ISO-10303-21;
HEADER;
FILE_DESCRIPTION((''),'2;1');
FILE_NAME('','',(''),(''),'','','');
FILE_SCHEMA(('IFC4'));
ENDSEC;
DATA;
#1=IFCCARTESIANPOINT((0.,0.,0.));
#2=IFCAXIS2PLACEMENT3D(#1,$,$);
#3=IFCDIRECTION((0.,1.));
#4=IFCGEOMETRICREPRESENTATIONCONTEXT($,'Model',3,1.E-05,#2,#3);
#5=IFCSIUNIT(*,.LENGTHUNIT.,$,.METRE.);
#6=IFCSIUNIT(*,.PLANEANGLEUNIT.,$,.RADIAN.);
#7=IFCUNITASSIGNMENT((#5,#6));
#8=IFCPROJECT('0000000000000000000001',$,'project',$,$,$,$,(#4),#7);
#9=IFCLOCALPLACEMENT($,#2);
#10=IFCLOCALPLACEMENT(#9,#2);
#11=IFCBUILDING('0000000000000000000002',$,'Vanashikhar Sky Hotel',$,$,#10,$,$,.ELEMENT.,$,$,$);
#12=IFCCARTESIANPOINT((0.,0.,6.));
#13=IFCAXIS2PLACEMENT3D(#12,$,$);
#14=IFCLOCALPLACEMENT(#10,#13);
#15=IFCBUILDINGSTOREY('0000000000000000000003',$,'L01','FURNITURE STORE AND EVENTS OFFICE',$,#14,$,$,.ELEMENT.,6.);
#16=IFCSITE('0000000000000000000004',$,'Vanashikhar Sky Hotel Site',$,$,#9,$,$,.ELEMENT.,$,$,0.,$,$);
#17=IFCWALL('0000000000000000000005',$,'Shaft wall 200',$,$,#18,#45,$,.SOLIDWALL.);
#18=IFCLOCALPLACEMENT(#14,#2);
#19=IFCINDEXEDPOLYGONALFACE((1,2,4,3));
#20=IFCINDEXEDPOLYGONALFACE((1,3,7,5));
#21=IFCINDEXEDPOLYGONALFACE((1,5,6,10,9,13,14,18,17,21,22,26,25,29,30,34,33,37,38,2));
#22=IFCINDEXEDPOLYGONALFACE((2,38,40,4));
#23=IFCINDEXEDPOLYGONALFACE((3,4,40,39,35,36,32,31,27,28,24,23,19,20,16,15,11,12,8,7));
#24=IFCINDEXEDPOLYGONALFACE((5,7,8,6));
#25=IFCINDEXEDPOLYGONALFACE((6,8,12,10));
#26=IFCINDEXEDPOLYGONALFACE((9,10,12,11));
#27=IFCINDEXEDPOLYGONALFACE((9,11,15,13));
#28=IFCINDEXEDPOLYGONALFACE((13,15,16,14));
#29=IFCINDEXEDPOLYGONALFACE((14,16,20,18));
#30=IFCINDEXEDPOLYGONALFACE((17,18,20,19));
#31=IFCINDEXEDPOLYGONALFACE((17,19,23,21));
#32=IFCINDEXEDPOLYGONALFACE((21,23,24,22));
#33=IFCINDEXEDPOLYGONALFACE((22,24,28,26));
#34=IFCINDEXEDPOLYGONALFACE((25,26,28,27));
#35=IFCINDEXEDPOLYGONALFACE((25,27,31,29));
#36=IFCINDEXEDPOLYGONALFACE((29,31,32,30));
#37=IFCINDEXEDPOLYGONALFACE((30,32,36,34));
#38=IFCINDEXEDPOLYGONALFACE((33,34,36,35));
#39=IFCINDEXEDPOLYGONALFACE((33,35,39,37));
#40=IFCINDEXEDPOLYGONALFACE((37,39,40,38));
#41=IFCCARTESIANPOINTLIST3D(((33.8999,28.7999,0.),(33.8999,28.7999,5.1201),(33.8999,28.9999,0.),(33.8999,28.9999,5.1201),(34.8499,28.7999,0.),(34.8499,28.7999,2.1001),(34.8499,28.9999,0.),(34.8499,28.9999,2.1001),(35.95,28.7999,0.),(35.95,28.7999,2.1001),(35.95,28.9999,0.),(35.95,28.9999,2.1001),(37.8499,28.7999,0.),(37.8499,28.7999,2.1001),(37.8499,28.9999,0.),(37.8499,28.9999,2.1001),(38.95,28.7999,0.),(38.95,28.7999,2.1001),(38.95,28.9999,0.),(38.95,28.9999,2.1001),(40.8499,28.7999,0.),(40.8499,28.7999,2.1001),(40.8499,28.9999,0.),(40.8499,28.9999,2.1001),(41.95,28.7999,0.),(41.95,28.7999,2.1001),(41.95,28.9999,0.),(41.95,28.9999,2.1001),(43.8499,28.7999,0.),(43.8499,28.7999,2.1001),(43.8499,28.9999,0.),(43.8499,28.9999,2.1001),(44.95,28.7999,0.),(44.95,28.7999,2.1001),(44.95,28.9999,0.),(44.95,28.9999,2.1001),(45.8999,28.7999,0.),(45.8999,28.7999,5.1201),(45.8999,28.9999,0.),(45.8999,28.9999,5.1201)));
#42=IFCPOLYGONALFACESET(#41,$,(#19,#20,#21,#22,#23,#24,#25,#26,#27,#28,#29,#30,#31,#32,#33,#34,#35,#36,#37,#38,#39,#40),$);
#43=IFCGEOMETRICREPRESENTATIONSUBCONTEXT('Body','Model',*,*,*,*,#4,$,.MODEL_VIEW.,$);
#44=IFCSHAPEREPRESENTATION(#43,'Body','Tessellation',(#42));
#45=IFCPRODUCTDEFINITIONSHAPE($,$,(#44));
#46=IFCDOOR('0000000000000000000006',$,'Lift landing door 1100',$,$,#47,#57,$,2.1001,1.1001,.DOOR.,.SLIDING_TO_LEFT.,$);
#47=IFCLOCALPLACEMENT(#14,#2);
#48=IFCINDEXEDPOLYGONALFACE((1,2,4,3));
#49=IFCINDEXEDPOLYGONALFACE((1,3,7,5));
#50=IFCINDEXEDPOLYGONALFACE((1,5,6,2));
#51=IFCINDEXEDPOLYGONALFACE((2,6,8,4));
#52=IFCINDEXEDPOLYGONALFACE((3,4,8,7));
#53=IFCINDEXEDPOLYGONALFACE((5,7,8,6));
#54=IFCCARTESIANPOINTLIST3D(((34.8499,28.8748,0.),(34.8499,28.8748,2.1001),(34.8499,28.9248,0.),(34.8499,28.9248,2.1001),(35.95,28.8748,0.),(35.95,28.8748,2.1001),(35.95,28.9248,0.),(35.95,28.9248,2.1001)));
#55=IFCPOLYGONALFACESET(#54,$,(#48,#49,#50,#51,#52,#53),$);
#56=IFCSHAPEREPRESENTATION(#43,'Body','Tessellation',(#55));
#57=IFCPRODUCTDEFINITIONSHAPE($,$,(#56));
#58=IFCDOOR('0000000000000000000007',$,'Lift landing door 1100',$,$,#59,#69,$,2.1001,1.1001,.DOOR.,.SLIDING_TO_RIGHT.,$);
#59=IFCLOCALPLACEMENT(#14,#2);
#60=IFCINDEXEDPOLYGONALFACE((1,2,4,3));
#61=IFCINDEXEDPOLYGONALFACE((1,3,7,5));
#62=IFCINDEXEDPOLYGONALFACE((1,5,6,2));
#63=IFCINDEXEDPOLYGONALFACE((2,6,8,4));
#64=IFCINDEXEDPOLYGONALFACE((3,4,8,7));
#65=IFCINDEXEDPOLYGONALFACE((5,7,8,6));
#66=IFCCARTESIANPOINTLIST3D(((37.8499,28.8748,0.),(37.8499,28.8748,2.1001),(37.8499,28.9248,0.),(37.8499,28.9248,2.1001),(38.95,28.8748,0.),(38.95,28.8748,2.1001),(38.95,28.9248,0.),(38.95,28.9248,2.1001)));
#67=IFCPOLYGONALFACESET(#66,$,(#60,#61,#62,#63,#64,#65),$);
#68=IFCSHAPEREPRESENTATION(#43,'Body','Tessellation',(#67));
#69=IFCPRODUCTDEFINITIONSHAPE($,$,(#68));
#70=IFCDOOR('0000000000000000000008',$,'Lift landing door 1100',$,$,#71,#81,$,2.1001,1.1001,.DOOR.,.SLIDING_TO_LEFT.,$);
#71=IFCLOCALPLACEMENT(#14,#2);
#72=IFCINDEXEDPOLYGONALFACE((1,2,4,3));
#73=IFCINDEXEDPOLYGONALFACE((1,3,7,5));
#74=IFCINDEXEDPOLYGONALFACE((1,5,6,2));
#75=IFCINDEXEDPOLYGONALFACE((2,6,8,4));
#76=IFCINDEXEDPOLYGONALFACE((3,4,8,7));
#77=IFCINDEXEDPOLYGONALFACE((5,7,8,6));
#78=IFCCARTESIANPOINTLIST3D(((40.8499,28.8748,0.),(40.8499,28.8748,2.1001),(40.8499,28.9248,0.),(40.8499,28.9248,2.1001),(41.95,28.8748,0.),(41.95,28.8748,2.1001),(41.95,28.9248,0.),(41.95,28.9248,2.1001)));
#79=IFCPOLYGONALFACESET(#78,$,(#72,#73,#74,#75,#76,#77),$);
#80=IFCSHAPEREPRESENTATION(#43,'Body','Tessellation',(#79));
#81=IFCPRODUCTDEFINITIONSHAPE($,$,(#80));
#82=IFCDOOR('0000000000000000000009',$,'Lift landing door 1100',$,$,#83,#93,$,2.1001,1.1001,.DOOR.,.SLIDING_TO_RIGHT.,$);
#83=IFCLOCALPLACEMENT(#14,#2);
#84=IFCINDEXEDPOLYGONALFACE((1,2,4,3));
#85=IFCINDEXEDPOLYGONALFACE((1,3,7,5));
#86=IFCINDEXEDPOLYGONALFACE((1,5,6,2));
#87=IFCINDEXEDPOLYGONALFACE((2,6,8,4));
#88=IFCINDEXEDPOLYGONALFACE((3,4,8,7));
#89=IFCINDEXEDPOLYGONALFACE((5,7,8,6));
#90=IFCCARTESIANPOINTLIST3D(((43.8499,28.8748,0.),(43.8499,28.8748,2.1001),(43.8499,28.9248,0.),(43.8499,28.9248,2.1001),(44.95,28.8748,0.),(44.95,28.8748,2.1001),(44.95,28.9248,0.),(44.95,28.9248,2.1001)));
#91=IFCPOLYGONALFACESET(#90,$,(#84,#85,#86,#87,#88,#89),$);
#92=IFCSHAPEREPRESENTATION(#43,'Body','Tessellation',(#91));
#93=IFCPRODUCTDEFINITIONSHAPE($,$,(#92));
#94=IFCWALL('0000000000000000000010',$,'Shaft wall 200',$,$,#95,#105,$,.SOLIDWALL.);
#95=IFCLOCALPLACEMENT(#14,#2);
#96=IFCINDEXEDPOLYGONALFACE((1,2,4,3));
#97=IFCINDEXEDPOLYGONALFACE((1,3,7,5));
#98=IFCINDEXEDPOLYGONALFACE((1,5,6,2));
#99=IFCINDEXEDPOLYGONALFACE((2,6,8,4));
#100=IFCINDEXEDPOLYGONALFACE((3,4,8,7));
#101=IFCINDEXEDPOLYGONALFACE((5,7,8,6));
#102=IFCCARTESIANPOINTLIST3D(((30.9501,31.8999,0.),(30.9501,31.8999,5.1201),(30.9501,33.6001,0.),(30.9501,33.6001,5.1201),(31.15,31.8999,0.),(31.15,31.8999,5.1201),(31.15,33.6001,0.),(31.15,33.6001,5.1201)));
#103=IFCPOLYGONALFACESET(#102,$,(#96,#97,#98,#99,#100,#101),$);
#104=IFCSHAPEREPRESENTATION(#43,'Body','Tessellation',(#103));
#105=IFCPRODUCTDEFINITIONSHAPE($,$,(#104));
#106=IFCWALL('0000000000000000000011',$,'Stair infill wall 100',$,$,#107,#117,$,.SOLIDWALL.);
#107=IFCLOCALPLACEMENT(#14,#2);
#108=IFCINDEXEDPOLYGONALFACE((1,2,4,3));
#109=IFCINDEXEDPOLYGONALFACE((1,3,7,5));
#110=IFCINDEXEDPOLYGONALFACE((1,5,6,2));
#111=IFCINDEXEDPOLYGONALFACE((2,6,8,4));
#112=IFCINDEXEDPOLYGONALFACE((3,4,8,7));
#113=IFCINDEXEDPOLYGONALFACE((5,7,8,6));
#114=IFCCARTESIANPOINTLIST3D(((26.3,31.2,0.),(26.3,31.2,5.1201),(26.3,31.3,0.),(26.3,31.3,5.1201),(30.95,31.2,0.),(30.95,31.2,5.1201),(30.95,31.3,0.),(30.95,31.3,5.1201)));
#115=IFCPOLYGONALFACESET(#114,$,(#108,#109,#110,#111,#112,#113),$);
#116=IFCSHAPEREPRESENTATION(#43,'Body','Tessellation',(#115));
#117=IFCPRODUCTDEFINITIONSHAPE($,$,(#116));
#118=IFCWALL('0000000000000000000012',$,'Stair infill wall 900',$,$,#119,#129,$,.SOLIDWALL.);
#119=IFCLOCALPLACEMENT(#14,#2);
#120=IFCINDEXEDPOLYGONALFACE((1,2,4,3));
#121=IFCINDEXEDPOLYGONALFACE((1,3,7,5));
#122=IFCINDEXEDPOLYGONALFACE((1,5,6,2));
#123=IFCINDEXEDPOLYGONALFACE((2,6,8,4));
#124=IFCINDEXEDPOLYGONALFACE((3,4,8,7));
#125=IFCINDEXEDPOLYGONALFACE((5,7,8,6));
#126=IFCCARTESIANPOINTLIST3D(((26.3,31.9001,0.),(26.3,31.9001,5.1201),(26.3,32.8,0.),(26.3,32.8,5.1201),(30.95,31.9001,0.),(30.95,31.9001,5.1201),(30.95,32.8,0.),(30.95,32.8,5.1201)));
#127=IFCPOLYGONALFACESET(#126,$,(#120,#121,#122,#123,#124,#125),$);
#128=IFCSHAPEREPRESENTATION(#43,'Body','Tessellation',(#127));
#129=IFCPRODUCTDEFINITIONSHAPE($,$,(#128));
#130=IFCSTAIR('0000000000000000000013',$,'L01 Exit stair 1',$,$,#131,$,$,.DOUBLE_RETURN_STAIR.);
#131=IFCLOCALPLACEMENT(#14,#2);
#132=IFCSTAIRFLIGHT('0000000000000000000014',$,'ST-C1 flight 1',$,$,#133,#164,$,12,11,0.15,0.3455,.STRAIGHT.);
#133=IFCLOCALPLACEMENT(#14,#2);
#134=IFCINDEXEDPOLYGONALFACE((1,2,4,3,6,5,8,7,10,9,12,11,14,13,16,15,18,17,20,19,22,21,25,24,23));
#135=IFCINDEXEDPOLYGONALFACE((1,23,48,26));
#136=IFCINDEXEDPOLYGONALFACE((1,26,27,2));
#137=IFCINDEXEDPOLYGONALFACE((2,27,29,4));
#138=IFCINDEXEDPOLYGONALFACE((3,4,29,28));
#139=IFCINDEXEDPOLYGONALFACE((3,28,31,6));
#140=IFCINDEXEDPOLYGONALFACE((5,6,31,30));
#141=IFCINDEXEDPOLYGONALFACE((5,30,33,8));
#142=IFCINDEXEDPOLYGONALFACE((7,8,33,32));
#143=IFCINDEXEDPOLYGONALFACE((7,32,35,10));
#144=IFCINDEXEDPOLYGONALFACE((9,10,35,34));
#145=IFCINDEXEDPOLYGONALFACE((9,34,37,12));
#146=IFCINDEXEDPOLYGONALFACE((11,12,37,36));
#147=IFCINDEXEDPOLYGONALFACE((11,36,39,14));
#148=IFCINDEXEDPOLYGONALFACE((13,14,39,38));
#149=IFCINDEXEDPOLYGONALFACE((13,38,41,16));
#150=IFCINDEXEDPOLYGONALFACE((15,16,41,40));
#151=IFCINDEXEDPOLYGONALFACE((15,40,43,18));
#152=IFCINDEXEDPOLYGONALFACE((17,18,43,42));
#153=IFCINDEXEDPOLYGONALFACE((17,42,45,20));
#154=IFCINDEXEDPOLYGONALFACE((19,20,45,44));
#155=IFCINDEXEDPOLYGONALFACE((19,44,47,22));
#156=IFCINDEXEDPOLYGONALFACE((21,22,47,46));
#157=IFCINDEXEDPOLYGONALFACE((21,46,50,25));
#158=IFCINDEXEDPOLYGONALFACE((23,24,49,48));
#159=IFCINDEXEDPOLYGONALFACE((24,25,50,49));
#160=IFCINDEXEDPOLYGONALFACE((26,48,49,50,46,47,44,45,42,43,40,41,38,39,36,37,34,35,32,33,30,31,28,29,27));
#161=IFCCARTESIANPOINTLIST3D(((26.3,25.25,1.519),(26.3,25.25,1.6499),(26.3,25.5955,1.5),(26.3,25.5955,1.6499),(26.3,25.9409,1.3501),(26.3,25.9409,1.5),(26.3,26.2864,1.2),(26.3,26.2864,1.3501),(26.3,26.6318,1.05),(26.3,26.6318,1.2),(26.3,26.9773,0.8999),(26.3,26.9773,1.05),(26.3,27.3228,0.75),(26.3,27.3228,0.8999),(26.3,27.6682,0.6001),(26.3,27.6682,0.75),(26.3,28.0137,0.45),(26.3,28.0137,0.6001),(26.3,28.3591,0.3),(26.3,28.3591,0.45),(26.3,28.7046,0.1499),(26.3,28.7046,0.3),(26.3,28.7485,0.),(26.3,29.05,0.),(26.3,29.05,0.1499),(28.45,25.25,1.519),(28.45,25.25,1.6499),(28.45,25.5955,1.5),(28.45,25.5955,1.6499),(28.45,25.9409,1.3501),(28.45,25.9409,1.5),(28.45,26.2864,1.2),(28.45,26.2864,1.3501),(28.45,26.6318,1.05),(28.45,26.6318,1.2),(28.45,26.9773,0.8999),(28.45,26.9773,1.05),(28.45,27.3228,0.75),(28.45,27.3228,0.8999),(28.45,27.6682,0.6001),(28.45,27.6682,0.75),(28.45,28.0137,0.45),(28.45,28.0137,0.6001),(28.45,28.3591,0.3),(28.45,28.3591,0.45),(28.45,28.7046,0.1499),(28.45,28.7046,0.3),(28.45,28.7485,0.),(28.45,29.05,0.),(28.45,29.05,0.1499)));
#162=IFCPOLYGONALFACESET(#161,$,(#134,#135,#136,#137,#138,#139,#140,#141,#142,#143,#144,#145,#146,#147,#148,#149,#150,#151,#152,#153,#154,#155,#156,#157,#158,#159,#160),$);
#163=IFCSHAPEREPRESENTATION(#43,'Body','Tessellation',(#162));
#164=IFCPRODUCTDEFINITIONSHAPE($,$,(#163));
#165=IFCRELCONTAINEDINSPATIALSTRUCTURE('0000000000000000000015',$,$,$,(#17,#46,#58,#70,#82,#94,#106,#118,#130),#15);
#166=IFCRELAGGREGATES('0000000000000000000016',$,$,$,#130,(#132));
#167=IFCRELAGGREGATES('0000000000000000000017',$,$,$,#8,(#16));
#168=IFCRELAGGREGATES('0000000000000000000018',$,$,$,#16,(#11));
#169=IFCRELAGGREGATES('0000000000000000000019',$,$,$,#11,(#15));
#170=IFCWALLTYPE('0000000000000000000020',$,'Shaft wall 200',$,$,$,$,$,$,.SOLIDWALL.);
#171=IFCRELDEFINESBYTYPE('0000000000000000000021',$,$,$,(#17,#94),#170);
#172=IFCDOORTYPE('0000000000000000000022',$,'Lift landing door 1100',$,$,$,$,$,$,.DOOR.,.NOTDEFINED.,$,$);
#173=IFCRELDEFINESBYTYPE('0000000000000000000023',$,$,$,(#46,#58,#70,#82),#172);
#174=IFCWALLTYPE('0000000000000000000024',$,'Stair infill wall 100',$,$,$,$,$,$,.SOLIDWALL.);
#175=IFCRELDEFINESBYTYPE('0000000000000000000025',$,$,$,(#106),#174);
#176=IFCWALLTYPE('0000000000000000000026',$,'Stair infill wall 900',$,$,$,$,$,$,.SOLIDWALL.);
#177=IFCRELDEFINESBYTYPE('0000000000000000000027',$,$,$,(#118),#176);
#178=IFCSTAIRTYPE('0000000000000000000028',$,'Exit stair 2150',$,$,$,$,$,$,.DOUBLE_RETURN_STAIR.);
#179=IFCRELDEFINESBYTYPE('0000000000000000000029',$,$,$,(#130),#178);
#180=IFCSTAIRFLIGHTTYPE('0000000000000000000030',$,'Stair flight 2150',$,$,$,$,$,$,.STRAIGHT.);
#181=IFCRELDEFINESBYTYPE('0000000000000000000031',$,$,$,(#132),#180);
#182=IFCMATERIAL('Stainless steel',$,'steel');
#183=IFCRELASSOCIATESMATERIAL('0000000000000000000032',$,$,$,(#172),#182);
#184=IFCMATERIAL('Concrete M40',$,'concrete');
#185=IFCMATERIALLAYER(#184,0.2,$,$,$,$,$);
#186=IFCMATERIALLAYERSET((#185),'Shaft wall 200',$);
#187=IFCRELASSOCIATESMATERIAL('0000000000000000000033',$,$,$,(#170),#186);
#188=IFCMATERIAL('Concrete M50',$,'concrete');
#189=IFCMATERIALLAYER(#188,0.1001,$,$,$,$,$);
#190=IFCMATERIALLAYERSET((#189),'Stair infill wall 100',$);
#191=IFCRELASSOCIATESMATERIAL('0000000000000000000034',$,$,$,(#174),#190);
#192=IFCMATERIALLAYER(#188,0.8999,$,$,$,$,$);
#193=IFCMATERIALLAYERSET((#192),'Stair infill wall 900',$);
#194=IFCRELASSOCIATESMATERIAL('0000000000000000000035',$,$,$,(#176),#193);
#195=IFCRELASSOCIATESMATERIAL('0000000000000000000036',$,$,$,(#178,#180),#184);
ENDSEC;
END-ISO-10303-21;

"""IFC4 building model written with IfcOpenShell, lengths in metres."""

from ifc_helpers import new_model, si_unit, direction, frame, frame_2d, origin, place, context, subcontext, project, spatial, polyline, rectangle, outline, extrude, source, transform, mapped, material, layer, layer_set, type_object, element, fill, aggregate, save


model = new_model("IFC4")

# Units and contexts
model_context = context("Model", 3, precision=1e-05, world=origin(), true_north=direction((0.0, 1.0)))
body_context = subcontext(model_context, "Body", "Model", "MODEL_VIEW")
ifc_project = project(units=[si_unit("LENGTHUNIT", "METRE"), si_unit("PLANEANGLEUNIT", "RADIAN")], contexts=[model_context])

# Site, building, storey
site_placement = place(None, origin())
site = spatial("IfcSite", under=ifc_project, at=site_placement, Name="Vanashikhar Sky Hotel Site", CompositionType="ELEMENT", RefElevation=0.0)
building_placement = place(site_placement, origin())
building = spatial("IfcBuilding", under=site, at=building_placement, Name="Vanashikhar Sky Hotel", CompositionType="ELEMENT")
storey_placement = place(building_placement, frame((0.0, 0.0, 6.0)))
storey = spatial("IfcBuildingStorey", under=building, at=storey_placement, Name="L01", Description="FURNITURE STORE AND EVENTS OFFICE", CompositionType="ELEMENT", Elevation=6.0)

# Shared definitions
shared_shape_1 = source(origin(), body_context, "Body", "SweptSolid", [
    extrude(rectangle(XDim=1.1001, YDim=2.1001, at=frame_2d((0.55, 1.05))), frame((0.0, 0.0249, 0.0), z_axis=(0.0, -1.0, 0.0), x_axis=(1.0, 0.0, 0.0)), (0.0, 0.0, 1.0), 0.05),
])
ifc_material_1 = material(Name="Stainless steel", Category="steel")
door_type_1 = type_object("IfcDoorType", Name="Lift landing door 1100", OperationType="NOTDEFINED", PredefinedType="DOOR", material=ifc_material_1)

# Wall, openings, doors
ifc_material_2 = material(Name="Concrete M40", Category="concrete")
ifc_layer_1 = layer(ifc_material_2, 0.2)
ifc_layer_set_1 = layer_set([ifc_layer_1], Name="Shaft wall 200")
wall_type_1 = type_object("IfcWallType", Name="Shaft wall 200", PredefinedType="SOLIDWALL", material=ifc_layer_set_1)
shared_shape_2 = source(origin(), body_context, "Body", "SweptSolid", [
    extrude(rectangle(XDim=1.1001, YDim=2.1001, at=frame_2d((0.55, 1.05))), frame((0.0, 0.1099, 0.0), z_axis=(0.0, -1.0, 0.0), x_axis=(1.0, 0.0, 0.0)), (0.0, 0.0, 1.0), 0.22),
])
shared_shape_3 = source(origin(), body_context, "Body", "SweptSolid", [
    extrude(rectangle(XDim=12.0, YDim=0.2, at=frame_2d((6.0, 0.0))), origin(), (0.0, 0.0, 1.0), 5.1201),
])
wall_1_placement = place(storey_placement, frame((33.8999, 28.8999, 0.0), z_axis=(0.0, 0.0, 1.0), x_axis=(1.0, 0.0, 0.0)))
wall_1 = element("IfcWall", 1, at=wall_1_placement, inside=storey, type_object=wall_type_1, Name="Shaft wall 200", PredefinedType="SOLIDWALL", context=body_context, shape_type="MappedRepresentation", body=[
    mapped(shared_shape_3, transform((0.0, 0.0, 0.0), scale=1.0)),
])
opening_1_placement = place(wall_1_placement, frame((0.95, 0.0, 0.0)))
opening_1 = element("IfcOpeningElement", 2, at=opening_1_placement, cuts=wall_1, PredefinedType="OPENING", context=body_context, shape_type="MappedRepresentation", body=[
    mapped(shared_shape_2, transform((0.0, 0.0, 0.0), scale=1.0)),
])
opening_2_placement = place(wall_1_placement, frame((3.95, 0.0, 0.0)))
opening_2 = element("IfcOpeningElement", 3, at=opening_2_placement, cuts=wall_1, PredefinedType="OPENING", context=body_context, shape_type="MappedRepresentation", body=[
    mapped(shared_shape_2, transform((0.0, 0.0, 0.0), scale=1.0)),
])
opening_3_placement = place(wall_1_placement, frame((6.95, 0.0, 0.0)))
opening_3 = element("IfcOpeningElement", 4, at=opening_3_placement, cuts=wall_1, PredefinedType="OPENING", context=body_context, shape_type="MappedRepresentation", body=[
    mapped(shared_shape_2, transform((0.0, 0.0, 0.0), scale=1.0)),
])
opening_4_placement = place(wall_1_placement, frame((9.95, 0.0, 0.0)))
opening_4 = element("IfcOpeningElement", 5, at=opening_4_placement, cuts=wall_1, PredefinedType="OPENING", context=body_context, shape_type="MappedRepresentation", body=[
    mapped(shared_shape_2, transform((0.0, 0.0, 0.0), scale=1.0)),
])
door_1_placement = place(opening_1_placement, origin())
door_1 = element("IfcDoor", 6, at=door_1_placement, inside=storey, type_object=door_type_1, Name="Lift landing door 1100", OperationType="SLIDING_TO_LEFT", OverallHeight=2.1001, OverallWidth=1.1001, PredefinedType="DOOR", context=body_context, shape_type="MappedRepresentation", body=[
    mapped(shared_shape_1, transform((0.0, 0.0, 0.0), scale=1.0)),
])
fill(opening_1, door_1)
door_2_placement = place(opening_2_placement, origin())
door_2 = element("IfcDoor", 7, at=door_2_placement, inside=storey, type_object=door_type_1, Name="Lift landing door 1100", OperationType="SLIDING_TO_RIGHT", OverallHeight=2.1001, OverallWidth=1.1001, PredefinedType="DOOR", context=body_context, shape_type="MappedRepresentation", body=[
    mapped(shared_shape_1, transform((0.0, 0.0, 0.0), scale=1.0)),
])
fill(opening_2, door_2)
door_3_placement = place(opening_3_placement, origin())
door_3 = element("IfcDoor", 8, at=door_3_placement, inside=storey, type_object=door_type_1, Name="Lift landing door 1100", OperationType="SLIDING_TO_LEFT", OverallHeight=2.1001, OverallWidth=1.1001, PredefinedType="DOOR", context=body_context, shape_type="MappedRepresentation", body=[
    mapped(shared_shape_1, transform((0.0, 0.0, 0.0), scale=1.0)),
])
fill(opening_3, door_3)
door_4_placement = place(opening_4_placement, origin())
door_4 = element("IfcDoor", 9, at=door_4_placement, inside=storey, type_object=door_type_1, Name="Lift landing door 1100", OperationType="SLIDING_TO_RIGHT", OverallHeight=2.1001, OverallWidth=1.1001, PredefinedType="DOOR", context=body_context, shape_type="MappedRepresentation", body=[
    mapped(shared_shape_1, transform((0.0, 0.0, 0.0), scale=1.0)),
])
fill(opening_4, door_4)

# Walls
shared_shape_4 = source(origin(), body_context, "Body", "SweptSolid", [
    extrude(rectangle(XDim=1.7002, YDim=0.2, at=frame_2d((0.8501, 0.0))), origin(), (0.0, 0.0, 1.0), 5.1201),
])
wall_2_placement = place(storey_placement, frame((31.05, 31.8999, 0.0), z_axis=(0.0, 0.0, 1.0), x_axis=(0.0, 1.0, 0.0)))
element("IfcWall", 10, at=wall_2_placement, inside=storey, type_object=wall_type_1, Name="Shaft wall 200", PredefinedType="SOLIDWALL", context=body_context, shape_type="MappedRepresentation", body=[
    mapped(shared_shape_4, transform((0.0, 0.0, 0.0), scale=1.0)),
])
ifc_material_3 = material(Name="Concrete M50", Category="concrete")
ifc_layer_2 = layer(ifc_material_3, 0.1001)
ifc_layer_set_2 = layer_set([ifc_layer_2], Name="Stair infill wall 100")
wall_type_2 = type_object("IfcWallType", Name="Stair infill wall 100", PredefinedType="SOLIDWALL", material=ifc_layer_set_2)
shared_shape_5 = source(origin(), body_context, "Body", "SweptSolid", [
    extrude(rectangle(XDim=4.6499, YDim=0.1001, at=frame_2d((2.325, 0.0))), origin(), (0.0, 0.0, 1.0), 5.1201),
])
wall_3_placement = place(storey_placement, frame((26.3, 31.25, 0.0), z_axis=(0.0, 0.0, 1.0), x_axis=(1.0, 0.0, 0.0)))
element("IfcWall", 11, at=wall_3_placement, inside=storey, type_object=wall_type_2, Name="Stair infill wall 100", PredefinedType="SOLIDWALL", context=body_context, shape_type="MappedRepresentation", body=[
    mapped(shared_shape_5, transform((0.0, 0.0, 0.0), scale=1.0)),
])
ifc_layer_3 = layer(ifc_material_3, 0.8999)
ifc_layer_set_3 = layer_set([ifc_layer_3], Name="Stair infill wall 900")
wall_type_3 = type_object("IfcWallType", Name="Stair infill wall 900", PredefinedType="SOLIDWALL", material=ifc_layer_set_3)
shared_shape_6 = source(origin(), body_context, "Body", "SweptSolid", [
    extrude(rectangle(XDim=4.6499, YDim=0.8999, at=frame_2d((2.325, 0.0))), origin(), (0.0, 0.0, 1.0), 5.1201),
])
wall_4_placement = place(storey_placement, frame((26.3, 32.3501, 0.0), z_axis=(0.0, 0.0, 1.0), x_axis=(1.0, 0.0, 0.0)))
element("IfcWall", 12, at=wall_4_placement, inside=storey, type_object=wall_type_3, Name="Stair infill wall 900", PredefinedType="SOLIDWALL", context=body_context, shape_type="MappedRepresentation", body=[
    mapped(shared_shape_6, transform((0.0, 0.0, 0.0), scale=1.0)),
])

# Stair, stair flight
stair_type = type_object("IfcStairType", Name="Exit stair 2150", PredefinedType="DOUBLE_RETURN_STAIR", material=ifc_material_2)
stair_placement = place(storey_placement, origin())
stair = element("IfcStair", 13, at=stair_placement, inside=storey, type_object=stair_type, Name="L01 Exit stair 1", PredefinedType="DOUBLE_RETURN_STAIR")
stair_flight_type = type_object("IfcStairFlightType", Name="Stair flight 2150", PredefinedType="STRAIGHT", material=ifc_material_2)
shared_shape_7 = source(origin(), body_context, "Body", "SweptSolid", [
    extrude(outline(polyline([(0.0, 0.0), (0.0, 0.1499), (0.3455, 0.1499), (0.3455, 0.3), (0.6909, 0.3), (0.6909, 0.45), (1.0364, 0.45), (1.0364, 0.6001), (1.3818, 0.6001), (1.3818, 0.75), (1.7273, 0.75), (1.7273, 0.8999), (2.0728, 0.8999), (2.0728, 1.05), (2.4182, 1.05), (2.4182, 1.2), (2.7637, 1.2), (2.7637, 1.3501), (3.1091, 1.3501), (3.1091, 1.5), (3.4546, 1.5), (3.4546, 1.6499), (3.8, 1.6499), (3.8, 1.8), (3.8, 1.519), (0.3015, 0.0), (0.0, 0.0)])), frame((0.0, 1.075, 0.0), z_axis=(0.0, -1.0, 0.0), x_axis=(1.0, 0.0, 0.0)), (0.0, 0.0, 1.0), 2.1499),
])
stair_flight_1_placement = place(storey_placement, frame((27.375, 29.05, 0.0), z_axis=(0.0, 0.0, 1.0), x_axis=(0.0, -1.0, 0.0)))
stair_flight_1 = element("IfcStairFlight", 14, at=stair_flight_1_placement, type_object=stair_flight_type, Name="ST-C1 flight 1", NumberOfRisers=12, NumberOfTreads=11, PredefinedType="STRAIGHT", RiserHeight=0.15, TreadLength=0.3455, context=body_context, shape_type="MappedRepresentation", body=[
    mapped(shared_shape_7, transform((0.0, 0.0, 0.0), scale=1.0)),
])
aggregate(stair, [stair_flight_1])

save(model, "model.ifc")
